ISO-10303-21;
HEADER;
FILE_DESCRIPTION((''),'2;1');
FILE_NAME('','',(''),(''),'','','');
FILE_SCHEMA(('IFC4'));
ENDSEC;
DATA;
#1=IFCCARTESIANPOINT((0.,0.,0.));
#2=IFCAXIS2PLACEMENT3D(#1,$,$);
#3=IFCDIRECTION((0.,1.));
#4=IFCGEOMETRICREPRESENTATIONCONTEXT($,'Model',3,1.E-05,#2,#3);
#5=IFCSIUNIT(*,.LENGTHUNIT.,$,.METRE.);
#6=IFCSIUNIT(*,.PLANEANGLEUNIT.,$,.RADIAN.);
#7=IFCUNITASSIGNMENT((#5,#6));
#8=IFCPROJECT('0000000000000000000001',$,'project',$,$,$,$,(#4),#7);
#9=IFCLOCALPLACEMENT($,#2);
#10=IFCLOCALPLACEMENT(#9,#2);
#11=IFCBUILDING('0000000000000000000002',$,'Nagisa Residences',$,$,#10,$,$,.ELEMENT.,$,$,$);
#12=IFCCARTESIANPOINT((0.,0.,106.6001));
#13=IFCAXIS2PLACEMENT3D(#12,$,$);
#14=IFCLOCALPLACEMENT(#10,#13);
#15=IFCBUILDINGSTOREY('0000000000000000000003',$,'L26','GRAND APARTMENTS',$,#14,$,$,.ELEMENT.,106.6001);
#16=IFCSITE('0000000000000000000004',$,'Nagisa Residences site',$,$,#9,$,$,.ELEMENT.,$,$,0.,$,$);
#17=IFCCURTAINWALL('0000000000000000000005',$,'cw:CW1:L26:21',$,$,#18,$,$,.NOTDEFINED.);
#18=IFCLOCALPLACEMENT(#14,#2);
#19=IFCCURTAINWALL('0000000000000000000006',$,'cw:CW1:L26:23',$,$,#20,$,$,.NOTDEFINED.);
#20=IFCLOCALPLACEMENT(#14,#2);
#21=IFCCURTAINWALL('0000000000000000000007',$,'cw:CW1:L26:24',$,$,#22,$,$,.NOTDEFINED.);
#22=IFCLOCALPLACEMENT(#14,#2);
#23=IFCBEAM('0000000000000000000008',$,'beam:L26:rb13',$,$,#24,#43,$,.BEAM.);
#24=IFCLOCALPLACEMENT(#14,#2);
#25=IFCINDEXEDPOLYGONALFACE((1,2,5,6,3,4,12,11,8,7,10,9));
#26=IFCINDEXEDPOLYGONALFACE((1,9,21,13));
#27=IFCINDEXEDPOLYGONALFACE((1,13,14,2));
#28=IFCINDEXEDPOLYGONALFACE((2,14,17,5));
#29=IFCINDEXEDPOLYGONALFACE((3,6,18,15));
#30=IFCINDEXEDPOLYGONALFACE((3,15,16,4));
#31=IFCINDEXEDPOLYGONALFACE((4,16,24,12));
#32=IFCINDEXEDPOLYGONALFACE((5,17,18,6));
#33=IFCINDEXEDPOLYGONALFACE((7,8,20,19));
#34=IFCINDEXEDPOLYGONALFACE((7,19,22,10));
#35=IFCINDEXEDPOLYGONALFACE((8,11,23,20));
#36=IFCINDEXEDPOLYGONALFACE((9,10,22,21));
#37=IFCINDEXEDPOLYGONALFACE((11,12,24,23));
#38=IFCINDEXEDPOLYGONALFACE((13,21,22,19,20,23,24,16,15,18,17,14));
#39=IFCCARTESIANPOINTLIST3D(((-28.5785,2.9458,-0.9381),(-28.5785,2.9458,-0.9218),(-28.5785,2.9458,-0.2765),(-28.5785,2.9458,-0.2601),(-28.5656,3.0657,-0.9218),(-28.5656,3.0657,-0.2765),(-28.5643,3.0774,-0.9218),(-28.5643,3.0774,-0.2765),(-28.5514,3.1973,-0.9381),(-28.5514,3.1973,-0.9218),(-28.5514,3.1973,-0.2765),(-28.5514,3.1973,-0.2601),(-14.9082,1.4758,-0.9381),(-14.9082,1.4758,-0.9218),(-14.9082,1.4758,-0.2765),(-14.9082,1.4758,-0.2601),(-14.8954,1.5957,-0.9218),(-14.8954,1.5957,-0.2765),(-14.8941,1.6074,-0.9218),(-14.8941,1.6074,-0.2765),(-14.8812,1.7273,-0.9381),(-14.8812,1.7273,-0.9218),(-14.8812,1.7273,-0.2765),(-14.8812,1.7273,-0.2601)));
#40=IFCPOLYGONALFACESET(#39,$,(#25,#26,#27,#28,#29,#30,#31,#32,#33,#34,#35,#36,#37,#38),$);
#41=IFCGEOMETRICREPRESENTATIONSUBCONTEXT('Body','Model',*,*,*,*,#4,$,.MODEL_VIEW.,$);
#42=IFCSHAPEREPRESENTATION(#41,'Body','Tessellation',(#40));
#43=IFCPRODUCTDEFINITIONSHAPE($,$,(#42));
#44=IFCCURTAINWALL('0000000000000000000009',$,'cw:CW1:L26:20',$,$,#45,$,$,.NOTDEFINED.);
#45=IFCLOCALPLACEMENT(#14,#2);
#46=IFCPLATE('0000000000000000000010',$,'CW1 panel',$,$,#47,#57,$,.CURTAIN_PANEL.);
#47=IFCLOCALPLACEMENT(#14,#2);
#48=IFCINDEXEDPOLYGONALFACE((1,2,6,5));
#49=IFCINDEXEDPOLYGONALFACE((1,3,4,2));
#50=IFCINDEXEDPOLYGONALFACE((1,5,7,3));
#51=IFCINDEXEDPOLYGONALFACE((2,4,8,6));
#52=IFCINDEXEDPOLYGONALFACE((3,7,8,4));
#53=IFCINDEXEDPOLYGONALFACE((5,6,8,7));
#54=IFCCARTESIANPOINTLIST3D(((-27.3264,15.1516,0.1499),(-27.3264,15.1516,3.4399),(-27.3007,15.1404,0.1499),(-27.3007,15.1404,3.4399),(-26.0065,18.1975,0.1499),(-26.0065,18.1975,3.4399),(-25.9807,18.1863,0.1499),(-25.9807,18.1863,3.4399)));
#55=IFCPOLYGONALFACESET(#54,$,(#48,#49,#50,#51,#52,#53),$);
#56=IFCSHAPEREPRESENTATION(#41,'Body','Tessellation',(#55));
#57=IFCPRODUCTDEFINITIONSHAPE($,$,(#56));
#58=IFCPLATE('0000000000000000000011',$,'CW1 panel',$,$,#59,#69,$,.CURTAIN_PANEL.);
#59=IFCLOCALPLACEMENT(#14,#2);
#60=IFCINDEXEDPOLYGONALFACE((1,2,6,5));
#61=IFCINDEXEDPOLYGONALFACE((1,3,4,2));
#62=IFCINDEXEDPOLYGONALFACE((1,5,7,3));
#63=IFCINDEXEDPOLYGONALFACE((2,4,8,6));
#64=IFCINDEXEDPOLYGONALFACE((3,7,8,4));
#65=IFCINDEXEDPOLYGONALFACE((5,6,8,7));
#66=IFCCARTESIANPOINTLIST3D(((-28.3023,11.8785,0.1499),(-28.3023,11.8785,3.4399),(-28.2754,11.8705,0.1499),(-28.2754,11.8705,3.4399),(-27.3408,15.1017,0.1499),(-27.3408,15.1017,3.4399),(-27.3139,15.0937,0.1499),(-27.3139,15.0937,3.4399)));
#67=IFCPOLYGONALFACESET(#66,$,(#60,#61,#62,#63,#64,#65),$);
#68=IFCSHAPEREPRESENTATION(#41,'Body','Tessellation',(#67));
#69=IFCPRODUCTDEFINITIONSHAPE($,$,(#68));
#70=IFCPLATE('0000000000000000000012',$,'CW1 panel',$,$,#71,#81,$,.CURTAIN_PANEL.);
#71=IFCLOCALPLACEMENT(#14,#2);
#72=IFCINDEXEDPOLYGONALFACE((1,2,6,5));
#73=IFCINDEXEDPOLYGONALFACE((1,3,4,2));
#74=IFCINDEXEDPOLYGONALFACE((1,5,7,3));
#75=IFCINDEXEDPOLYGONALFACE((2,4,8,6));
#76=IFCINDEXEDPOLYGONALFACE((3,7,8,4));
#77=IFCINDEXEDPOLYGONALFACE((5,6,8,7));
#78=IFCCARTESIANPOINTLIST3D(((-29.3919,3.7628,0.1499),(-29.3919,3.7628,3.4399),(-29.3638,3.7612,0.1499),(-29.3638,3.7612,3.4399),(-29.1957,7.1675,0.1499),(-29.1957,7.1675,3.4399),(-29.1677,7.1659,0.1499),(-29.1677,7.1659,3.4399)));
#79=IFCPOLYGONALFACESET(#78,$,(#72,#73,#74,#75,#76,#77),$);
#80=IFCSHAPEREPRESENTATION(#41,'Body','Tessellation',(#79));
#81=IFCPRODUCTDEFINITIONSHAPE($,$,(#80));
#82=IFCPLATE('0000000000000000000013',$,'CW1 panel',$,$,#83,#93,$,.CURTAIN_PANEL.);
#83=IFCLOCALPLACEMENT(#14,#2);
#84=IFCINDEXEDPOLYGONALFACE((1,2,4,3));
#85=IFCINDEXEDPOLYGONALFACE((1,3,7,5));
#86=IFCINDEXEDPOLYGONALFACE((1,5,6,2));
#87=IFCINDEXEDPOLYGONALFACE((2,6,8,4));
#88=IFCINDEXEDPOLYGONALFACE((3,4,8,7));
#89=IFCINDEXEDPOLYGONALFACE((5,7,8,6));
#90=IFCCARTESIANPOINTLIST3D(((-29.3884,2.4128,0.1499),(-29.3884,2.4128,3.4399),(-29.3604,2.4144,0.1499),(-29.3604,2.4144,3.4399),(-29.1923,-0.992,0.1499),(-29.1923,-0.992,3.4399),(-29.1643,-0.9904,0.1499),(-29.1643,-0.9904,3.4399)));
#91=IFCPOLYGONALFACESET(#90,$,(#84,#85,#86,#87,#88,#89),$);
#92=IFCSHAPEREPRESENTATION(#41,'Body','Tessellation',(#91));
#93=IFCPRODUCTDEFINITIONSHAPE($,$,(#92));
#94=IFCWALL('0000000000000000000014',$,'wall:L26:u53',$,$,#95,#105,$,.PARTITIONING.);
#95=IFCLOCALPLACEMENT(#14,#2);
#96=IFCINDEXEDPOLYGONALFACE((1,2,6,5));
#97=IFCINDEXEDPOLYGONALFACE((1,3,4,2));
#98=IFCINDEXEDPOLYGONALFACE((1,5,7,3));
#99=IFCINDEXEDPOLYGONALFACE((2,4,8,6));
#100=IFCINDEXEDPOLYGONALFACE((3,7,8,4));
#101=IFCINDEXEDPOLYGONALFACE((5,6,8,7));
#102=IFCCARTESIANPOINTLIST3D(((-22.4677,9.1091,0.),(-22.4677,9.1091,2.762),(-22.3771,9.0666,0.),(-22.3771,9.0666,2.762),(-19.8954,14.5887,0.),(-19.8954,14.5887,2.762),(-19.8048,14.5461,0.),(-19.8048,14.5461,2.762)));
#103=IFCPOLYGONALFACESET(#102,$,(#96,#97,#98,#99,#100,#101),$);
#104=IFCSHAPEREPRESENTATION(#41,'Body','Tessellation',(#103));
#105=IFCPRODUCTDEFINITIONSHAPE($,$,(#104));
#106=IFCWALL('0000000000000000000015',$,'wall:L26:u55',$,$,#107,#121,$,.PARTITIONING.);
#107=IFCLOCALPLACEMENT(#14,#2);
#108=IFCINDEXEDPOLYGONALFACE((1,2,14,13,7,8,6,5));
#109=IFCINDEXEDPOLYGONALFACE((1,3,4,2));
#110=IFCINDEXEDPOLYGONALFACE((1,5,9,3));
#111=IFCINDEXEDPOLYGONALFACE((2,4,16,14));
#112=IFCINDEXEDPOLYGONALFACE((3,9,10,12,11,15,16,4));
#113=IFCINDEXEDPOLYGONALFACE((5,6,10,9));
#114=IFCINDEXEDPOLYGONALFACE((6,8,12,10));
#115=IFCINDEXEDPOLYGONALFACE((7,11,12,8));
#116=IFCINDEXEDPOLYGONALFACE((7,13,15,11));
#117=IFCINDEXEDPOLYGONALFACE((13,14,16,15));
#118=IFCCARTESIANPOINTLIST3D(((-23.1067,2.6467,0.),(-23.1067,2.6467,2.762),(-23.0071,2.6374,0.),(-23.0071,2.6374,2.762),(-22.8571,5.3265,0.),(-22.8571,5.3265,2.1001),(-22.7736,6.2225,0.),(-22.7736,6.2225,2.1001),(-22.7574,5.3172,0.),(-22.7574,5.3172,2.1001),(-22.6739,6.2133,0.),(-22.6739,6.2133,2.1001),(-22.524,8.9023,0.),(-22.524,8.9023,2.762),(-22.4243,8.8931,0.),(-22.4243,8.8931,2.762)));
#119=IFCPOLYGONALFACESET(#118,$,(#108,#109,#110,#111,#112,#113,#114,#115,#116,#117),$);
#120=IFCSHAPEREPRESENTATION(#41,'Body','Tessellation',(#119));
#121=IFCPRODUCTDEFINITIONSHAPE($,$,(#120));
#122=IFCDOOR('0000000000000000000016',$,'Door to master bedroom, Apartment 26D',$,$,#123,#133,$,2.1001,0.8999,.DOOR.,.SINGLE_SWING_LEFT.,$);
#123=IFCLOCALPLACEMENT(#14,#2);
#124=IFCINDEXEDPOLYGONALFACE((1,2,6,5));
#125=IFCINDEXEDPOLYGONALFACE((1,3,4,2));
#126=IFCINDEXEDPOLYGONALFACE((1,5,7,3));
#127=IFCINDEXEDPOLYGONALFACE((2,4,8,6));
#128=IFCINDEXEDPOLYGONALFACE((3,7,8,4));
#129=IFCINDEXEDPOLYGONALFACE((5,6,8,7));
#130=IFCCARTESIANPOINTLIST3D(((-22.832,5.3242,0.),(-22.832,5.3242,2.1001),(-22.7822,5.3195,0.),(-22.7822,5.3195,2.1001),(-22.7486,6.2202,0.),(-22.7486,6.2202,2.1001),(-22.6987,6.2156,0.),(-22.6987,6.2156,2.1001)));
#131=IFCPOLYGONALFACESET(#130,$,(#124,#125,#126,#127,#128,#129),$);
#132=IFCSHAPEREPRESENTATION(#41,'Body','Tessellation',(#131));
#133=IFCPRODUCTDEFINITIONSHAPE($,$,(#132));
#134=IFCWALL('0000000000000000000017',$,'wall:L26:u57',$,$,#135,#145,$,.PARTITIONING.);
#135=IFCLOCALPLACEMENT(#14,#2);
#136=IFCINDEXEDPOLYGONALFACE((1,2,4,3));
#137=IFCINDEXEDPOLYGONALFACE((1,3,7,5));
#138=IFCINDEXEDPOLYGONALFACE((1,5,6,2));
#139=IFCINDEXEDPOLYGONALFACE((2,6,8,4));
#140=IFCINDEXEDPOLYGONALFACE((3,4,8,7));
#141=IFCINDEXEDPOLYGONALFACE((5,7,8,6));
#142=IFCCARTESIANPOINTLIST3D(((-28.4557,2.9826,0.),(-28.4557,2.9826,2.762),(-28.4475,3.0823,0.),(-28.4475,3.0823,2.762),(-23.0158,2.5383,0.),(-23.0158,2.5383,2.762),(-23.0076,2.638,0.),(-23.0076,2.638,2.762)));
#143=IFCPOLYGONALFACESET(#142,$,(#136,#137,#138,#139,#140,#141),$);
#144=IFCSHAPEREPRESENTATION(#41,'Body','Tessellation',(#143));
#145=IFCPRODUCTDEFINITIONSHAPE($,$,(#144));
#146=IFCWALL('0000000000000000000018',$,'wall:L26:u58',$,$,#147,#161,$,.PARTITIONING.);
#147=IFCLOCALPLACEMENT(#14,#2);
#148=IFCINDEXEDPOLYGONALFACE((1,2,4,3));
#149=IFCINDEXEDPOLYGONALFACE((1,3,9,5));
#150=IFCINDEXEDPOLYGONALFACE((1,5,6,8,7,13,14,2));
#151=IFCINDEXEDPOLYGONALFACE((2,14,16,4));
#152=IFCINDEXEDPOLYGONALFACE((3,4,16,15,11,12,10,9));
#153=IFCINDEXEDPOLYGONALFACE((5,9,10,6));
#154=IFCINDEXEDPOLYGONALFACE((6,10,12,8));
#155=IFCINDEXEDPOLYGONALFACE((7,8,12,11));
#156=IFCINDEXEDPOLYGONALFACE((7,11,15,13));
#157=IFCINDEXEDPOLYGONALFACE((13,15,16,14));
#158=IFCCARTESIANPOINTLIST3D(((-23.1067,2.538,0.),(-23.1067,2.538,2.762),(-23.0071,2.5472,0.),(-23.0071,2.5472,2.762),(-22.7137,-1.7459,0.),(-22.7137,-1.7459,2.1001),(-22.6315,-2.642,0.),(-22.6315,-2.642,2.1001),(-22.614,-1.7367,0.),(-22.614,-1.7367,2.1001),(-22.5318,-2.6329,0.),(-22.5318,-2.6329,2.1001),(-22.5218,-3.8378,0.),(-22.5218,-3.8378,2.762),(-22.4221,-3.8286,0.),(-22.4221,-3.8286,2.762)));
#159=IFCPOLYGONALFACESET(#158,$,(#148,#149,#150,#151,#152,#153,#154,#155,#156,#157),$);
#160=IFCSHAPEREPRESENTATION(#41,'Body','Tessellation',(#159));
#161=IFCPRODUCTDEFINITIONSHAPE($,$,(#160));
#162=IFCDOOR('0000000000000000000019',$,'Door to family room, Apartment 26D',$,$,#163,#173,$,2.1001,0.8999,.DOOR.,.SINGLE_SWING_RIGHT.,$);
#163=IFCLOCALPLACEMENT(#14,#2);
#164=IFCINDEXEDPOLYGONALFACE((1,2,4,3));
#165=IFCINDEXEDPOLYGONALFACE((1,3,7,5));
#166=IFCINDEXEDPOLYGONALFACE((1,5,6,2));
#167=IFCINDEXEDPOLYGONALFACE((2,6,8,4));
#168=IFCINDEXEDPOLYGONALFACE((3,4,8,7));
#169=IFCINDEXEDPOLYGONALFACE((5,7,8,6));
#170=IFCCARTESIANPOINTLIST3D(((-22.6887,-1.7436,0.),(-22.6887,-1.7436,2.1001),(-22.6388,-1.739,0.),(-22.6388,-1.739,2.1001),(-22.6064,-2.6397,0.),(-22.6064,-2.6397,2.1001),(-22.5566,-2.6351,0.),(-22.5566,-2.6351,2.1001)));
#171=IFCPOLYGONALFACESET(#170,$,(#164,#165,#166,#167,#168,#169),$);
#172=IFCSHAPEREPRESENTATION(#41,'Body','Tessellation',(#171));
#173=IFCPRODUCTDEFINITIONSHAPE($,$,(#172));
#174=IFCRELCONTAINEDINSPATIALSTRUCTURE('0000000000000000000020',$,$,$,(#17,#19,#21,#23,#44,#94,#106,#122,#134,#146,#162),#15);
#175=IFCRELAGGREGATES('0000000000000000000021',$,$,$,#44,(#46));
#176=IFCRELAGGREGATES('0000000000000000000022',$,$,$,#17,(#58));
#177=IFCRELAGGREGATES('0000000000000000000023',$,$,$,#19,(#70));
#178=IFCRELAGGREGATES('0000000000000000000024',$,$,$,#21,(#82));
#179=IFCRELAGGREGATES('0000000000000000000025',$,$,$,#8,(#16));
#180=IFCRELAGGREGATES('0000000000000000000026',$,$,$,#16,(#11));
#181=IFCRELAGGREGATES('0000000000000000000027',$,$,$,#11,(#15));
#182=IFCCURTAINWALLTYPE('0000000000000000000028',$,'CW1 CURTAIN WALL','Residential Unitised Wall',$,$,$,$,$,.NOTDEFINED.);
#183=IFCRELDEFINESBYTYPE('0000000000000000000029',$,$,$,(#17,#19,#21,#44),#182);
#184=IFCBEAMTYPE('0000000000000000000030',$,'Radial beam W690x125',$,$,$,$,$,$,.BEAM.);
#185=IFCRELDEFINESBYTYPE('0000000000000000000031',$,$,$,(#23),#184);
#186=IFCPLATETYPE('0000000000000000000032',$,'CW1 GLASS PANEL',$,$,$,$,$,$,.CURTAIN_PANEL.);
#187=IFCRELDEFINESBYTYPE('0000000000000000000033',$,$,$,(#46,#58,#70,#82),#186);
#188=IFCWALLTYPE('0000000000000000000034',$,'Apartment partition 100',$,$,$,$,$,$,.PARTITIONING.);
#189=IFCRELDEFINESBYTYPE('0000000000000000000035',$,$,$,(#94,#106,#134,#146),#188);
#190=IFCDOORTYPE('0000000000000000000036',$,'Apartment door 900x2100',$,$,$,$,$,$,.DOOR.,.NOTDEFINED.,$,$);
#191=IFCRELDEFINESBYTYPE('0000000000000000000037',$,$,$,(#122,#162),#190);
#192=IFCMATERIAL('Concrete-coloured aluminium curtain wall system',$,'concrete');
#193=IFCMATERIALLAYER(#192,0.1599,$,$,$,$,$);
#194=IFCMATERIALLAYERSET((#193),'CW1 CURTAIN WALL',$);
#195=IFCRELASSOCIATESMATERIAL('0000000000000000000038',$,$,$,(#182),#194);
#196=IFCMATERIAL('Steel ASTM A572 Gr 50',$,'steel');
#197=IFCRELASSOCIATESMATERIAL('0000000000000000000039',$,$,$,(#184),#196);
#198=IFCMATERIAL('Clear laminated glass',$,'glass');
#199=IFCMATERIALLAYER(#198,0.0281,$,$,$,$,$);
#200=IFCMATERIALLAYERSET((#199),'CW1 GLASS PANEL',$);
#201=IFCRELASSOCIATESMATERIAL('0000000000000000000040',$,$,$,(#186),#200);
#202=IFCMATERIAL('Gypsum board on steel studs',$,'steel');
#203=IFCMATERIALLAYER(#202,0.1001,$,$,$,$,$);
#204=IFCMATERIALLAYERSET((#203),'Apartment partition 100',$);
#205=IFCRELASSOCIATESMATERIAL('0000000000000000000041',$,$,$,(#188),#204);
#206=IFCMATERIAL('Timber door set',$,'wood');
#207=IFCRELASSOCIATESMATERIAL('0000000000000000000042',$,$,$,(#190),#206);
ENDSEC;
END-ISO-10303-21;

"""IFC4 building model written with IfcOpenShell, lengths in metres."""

from ifc_helpers import new_model, si_unit, direction, frame, frame_2d, origin, origin_2d, place, context, subcontext, project, spatial, rectangle, i_section, extrude, material, layer, layer_set, material_profile, profile_set, type_object, element, fill, aggregate, save


model = new_model("IFC4")

# Units and contexts
model_context = context("Model", 3, precision=1e-05, world=origin(), true_north=direction((0.0, 1.0)))
body_context = subcontext(model_context, "Body", "Model", "MODEL_VIEW")
ifc_project = project(units=[si_unit("LENGTHUNIT", "METRE"), si_unit("PLANEANGLEUNIT", "RADIAN")], contexts=[model_context])

# Site, building, storey
site_placement = place(None, origin())
site = spatial("IfcSite", under=ifc_project, at=site_placement, Name="Nagisa Residences site", CompositionType="ELEMENT", RefElevation=0.0)
building_placement = place(site_placement, origin())
building = spatial("IfcBuilding", under=site, at=building_placement, Name="Nagisa Residences", CompositionType="ELEMENT")
storey_placement = place(building_placement, frame((0.0, 0.0, 106.6001)))
storey = spatial("IfcBuildingStorey", under=building, at=storey_placement, Name="L26", Description="GRAND APARTMENTS", CompositionType="ELEMENT", Elevation=106.6001)

# Curtain walls
ifc_material_1 = material(Name="Concrete-coloured aluminium curtain wall system", Category="concrete")
ifc_layer_1 = layer(ifc_material_1, 0.1599)
ifc_layer_set_1 = layer_set([ifc_layer_1], Name="CW1 CURTAIN WALL")
curtain_wall_type = type_object("IfcCurtainWallType", Name="CW1 CURTAIN WALL", Description="Residential Unitised Wall", PredefinedType="NOTDEFINED", material=ifc_layer_set_1)
curtain_wall_1_placement = place(storey_placement, origin())
curtain_wall_1 = element("IfcCurtainWall", 1, at=curtain_wall_1_placement, inside=storey, type_object=curtain_wall_type, Name="cw:CW1:L26:21", PredefinedType="NOTDEFINED")
curtain_wall_2_placement = place(storey_placement, origin())
curtain_wall_2 = element("IfcCurtainWall", 2, at=curtain_wall_2_placement, inside=storey, type_object=curtain_wall_type, Name="cw:CW1:L26:23", PredefinedType="NOTDEFINED")
curtain_wall_3_placement = place(storey_placement, origin())
curtain_wall_3 = element("IfcCurtainWall", 3, at=curtain_wall_3_placement, inside=storey, type_object=curtain_wall_type, Name="cw:CW1:L26:24", PredefinedType="NOTDEFINED")

# Beam
ifc_material_2 = material(Name="Steel ASTM A572 Gr 50", Category="steel")
ifc_material_profile_1 = material_profile(ifc_material_2, i_section(OverallWidth=0.2529, OverallDepth=0.678, WebThickness=0.0117, FlangeThickness=0.0164, at=origin_2d()), Name="W690x125")
ifc_profile_set_1 = profile_set([ifc_material_profile_1], Name="Steel ASTM A572 Gr 50")
beam_type_1 = type_object("IfcBeamType", Name="Radial beam W690x125", PredefinedType="BEAM", material=ifc_profile_set_1)
beam_1_placement = place(storey_placement, frame((-28.5649, 3.0715, -0.5991), z_axis=(0.994268, -0.106915, 0.0), x_axis=(0.106915, 0.994268, 0.0)))
element("IfcBeam", 4, at=beam_1_placement, inside=storey, type_object=beam_type_1, Name="beam:L26:rb13", PredefinedType="BEAM", context=body_context, shape_type="SweptSolid", body=[
    extrude(i_section(OverallWidth=0.2529, OverallDepth=0.678, WebThickness=0.0117, FlangeThickness=0.0164, at=origin_2d()), origin(), (0.0, 0.0, 1.0), 13.749),
])

# Curtain wall, plate
curtain_wall_4_placement = place(storey_placement, origin())
curtain_wall_4 = element("IfcCurtainWall", 5, at=curtain_wall_4_placement, inside=storey, type_object=curtain_wall_type, Name="cw:CW1:L26:20", PredefinedType="NOTDEFINED")
ifc_material_3 = material(Name="Clear laminated glass", Category="glass")
ifc_layer_2 = layer(ifc_material_3, 0.0281)
ifc_layer_set_2 = layer_set([ifc_layer_2], Name="CW1 GLASS PANEL")
plate_type = type_object("IfcPlateType", Name="CW1 GLASS PANEL", PredefinedType="CURTAIN_PANEL", material=ifc_layer_set_2)
plate_1_placement = place(storey_placement, frame((-26.6536, 16.6689, 0.1499), z_axis=(0.0, 0.0, 1.0), x_axis=(-0.397636, -0.917543, 0.0)))
plate_1 = element("IfcPlate", 6, at=plate_1_placement, type_object=plate_type, Name="CW1 panel", PredefinedType="CURTAIN_PANEL", context=body_context, shape_type="SweptSolid", body=[
    extrude(rectangle(XDim=3.3196, YDim=0.0281, at=origin_2d()), origin(), (0.0, 0.0, 1.0), 3.29),
])
aggregate(curtain_wall_4, [plate_1])

# Plates
plate_2_placement = place(storey_placement, frame((-27.8081, 13.4861, 0.1499), z_axis=(0.0, 0.0, 1.0), x_axis=(-0.28586, -0.958271, 0.0)))
plate_2 = element("IfcPlate", 7, at=plate_2_placement, type_object=plate_type, Name="CW1 panel", PredefinedType="CURTAIN_PANEL", context=body_context, shape_type="SweptSolid", body=[
    extrude(rectangle(XDim=3.3635, YDim=0.0281, at=origin_2d()), origin(), (0.0, 0.0, 1.0), 3.29),
])
aggregate(curtain_wall_1, [plate_2])
plate_3_placement = place(storey_placement, frame((-29.2798, 5.4644, 0.1499), z_axis=(0.0, 0.0, 1.0), x_axis=(-0.057503, -0.998345, 0.0)))
plate_3 = element("IfcPlate", 8, at=plate_3_placement, type_object=plate_type, Name="CW1 panel", PredefinedType="CURTAIN_PANEL", context=body_context, shape_type="SweptSolid", body=[
    extrude(rectangle(XDim=3.4104, YDim=0.0281, at=origin_2d()), origin(), (0.0, 0.0, 1.0), 3.29),
])
aggregate(curtain_wall_2, [plate_3])
plate_4_placement = place(storey_placement, frame((-29.2764, 0.7112, 0.1499), z_axis=(0.0, 0.0, 1.0), x_axis=(0.057503, -0.998345, 0.0)))
plate_4 = element("IfcPlate", 9, at=plate_4_placement, type_object=plate_type, Name="CW1 panel", PredefinedType="CURTAIN_PANEL", context=body_context, shape_type="SweptSolid", body=[
    extrude(rectangle(XDim=3.4104, YDim=0.0281, at=origin_2d()), origin(), (0.0, 0.0, 1.0), 3.29),
])
aggregate(curtain_wall_3, [plate_4])

# Wall
ifc_material_4 = material(Name="Gypsum board on steel studs", Category="steel")
ifc_layer_3 = layer(ifc_material_4, 0.1001)
ifc_layer_set_3 = layer_set([ifc_layer_3], Name="Apartment partition 100")
wall_type_1 = type_object("IfcWallType", Name="Apartment partition 100", PredefinedType="PARTITIONING", material=ifc_layer_set_3)
wall_1_placement = place(storey_placement, frame((-19.8501, 14.5674, 0.0), z_axis=(0.0, 0.0, 1.0), x_axis=(-0.424942, -0.90522, 0.0)))
element("IfcWall", 10, at=wall_1_placement, inside=storey, type_object=wall_type_1, Name="wall:L26:u53", PredefinedType="PARTITIONING", context=body_context, shape_type="SweptSolid", body=[
    extrude(rectangle(XDim=6.0532, YDim=0.1001, at=frame_2d((3.0266, 0.0))), origin(), (0.0, 0.0, 1.0), 2.762),
])

# Wall, opening, door
wall_2_placement = place(storey_placement, frame((-22.4741, 8.8977, 0.0), z_axis=(0.0, 0.0, 1.0), x_axis=(-0.092757, -0.995689, 0.0)))
wall_2 = element("IfcWall", 11, at=wall_2_placement, inside=storey, type_object=wall_type_1, Name="wall:L26:u55", PredefinedType="PARTITIONING", context=body_context, shape_type="SweptSolid", body=[
    extrude(rectangle(XDim=6.2827, YDim=0.1001, at=frame_2d((3.1414, 0.0))), origin(), (0.0, 0.0, 1.0), 2.762),
])
opening_1_placement = place(wall_2_placement, frame((2.6914, 0.0, 0.0)))
opening_1 = element("IfcOpeningElement", 12, at=opening_1_placement, cuts=wall_2, PredefinedType="OPENING", context=body_context, shape_type="SweptSolid", body=[
    extrude(rectangle(XDim=0.8999, YDim=2.1001, at=frame_2d((0.45, 1.05))), frame((0.0, 0.0601, 0.0), z_axis=(0.0, -1.0, 0.0), x_axis=(1.0, 0.0, 0.0)), (0.0, 0.0, 1.0), 0.1201),
])
ifc_material_5 = material(Name="Timber door set", Category="wood")
door_type_1 = type_object("IfcDoorType", Name="Apartment door 900x2100", OperationType="NOTDEFINED", PredefinedType="DOOR", material=ifc_material_5)
door_1_placement = place(opening_1_placement, frame((0.8999, 0.0, 0.0), x_axis=(-1.0, 0.0, 0.0)))
door_1 = element("IfcDoor", 13, at=door_1_placement, inside=storey, type_object=door_type_1, Name="Door to master bedroom, Apartment 26D", OperationType="SINGLE_SWING_LEFT", OverallHeight=2.1001, OverallWidth=0.8999, PredefinedType="DOOR", context=body_context, shape_type="SweptSolid", body=[
    extrude(rectangle(XDim=0.8999, YDim=2.1001, at=frame_2d((0.45, 1.05))), frame((0.0, 0.0249, 0.0), z_axis=(0.0, -1.0, 0.0), x_axis=(1.0, 0.0, 0.0)), (0.0, 0.0, 1.0), 0.05),
])
fill(opening_1, door_1)

# Wall
wall_3_placement = place(storey_placement, frame((-23.0117, 2.5881, 0.0), z_axis=(0.0, 0.0, 1.0), x_axis=(-0.996681, 0.081409, 0.0)))
element("IfcWall", 14, at=wall_3_placement, inside=storey, type_object=wall_type_1, Name="wall:L26:u57", PredefinedType="PARTITIONING", context=body_context, shape_type="SweptSolid", body=[
    extrude(rectangle(XDim=5.458, YDim=0.1001, at=frame_2d((2.729, 0.0))), origin(), (0.0, 0.0, 1.0), 2.762),
])

# Wall, opening, door
wall_4_placement = place(storey_placement, frame((-23.0569, 2.5425, 0.0), z_axis=(0.0, 0.0, 1.0), x_axis=(0.091364, -0.995818, 0.0)))
wall_4 = element("IfcWall", 15, at=wall_4_placement, inside=storey, type_object=wall_type_1, Name="wall:L26:u58", PredefinedType="PARTITIONING", context=body_context, shape_type="SweptSolid", body=[
    extrude(rectangle(XDim=6.4026, YDim=0.1001, at=frame_2d((3.2012, 0.0))), origin(), (0.0, 0.0, 1.0), 2.762),
])
opening_2_placement = place(wall_4_placement, frame((4.3018, 0.0, 0.0)))
opening_2 = element("IfcOpeningElement", 16, at=opening_2_placement, cuts=wall_4, PredefinedType="OPENING", context=body_context, shape_type="SweptSolid", body=[
    extrude(rectangle(XDim=0.8999, YDim=2.1001, at=frame_2d((0.45, 1.05))), frame((0.0, 0.0601, 0.0), z_axis=(0.0, -1.0, 0.0), x_axis=(1.0, 0.0, 0.0)), (0.0, 0.0, 1.0), 0.1201),
])
door_2_placement = place(opening_2_placement, frame((0.8999, 0.0, 0.0), x_axis=(-1.0, 0.0, 0.0)))
door_2 = element("IfcDoor", 17, at=door_2_placement, inside=storey, type_object=door_type_1, Name="Door to family room, Apartment 26D", OperationType="SINGLE_SWING_RIGHT", OverallHeight=2.1001, OverallWidth=0.8999, PredefinedType="DOOR", context=body_context, shape_type="SweptSolid", body=[
    extrude(rectangle(XDim=0.8999, YDim=2.1001, at=frame_2d((0.45, 1.05))), frame((0.0, 0.0249, 0.0), z_axis=(0.0, -1.0, 0.0), x_axis=(1.0, 0.0, 0.0)), (0.0, 0.0, 1.0), 0.05),
])
fill(opening_2, door_2)

save(model, "model.ifc")
